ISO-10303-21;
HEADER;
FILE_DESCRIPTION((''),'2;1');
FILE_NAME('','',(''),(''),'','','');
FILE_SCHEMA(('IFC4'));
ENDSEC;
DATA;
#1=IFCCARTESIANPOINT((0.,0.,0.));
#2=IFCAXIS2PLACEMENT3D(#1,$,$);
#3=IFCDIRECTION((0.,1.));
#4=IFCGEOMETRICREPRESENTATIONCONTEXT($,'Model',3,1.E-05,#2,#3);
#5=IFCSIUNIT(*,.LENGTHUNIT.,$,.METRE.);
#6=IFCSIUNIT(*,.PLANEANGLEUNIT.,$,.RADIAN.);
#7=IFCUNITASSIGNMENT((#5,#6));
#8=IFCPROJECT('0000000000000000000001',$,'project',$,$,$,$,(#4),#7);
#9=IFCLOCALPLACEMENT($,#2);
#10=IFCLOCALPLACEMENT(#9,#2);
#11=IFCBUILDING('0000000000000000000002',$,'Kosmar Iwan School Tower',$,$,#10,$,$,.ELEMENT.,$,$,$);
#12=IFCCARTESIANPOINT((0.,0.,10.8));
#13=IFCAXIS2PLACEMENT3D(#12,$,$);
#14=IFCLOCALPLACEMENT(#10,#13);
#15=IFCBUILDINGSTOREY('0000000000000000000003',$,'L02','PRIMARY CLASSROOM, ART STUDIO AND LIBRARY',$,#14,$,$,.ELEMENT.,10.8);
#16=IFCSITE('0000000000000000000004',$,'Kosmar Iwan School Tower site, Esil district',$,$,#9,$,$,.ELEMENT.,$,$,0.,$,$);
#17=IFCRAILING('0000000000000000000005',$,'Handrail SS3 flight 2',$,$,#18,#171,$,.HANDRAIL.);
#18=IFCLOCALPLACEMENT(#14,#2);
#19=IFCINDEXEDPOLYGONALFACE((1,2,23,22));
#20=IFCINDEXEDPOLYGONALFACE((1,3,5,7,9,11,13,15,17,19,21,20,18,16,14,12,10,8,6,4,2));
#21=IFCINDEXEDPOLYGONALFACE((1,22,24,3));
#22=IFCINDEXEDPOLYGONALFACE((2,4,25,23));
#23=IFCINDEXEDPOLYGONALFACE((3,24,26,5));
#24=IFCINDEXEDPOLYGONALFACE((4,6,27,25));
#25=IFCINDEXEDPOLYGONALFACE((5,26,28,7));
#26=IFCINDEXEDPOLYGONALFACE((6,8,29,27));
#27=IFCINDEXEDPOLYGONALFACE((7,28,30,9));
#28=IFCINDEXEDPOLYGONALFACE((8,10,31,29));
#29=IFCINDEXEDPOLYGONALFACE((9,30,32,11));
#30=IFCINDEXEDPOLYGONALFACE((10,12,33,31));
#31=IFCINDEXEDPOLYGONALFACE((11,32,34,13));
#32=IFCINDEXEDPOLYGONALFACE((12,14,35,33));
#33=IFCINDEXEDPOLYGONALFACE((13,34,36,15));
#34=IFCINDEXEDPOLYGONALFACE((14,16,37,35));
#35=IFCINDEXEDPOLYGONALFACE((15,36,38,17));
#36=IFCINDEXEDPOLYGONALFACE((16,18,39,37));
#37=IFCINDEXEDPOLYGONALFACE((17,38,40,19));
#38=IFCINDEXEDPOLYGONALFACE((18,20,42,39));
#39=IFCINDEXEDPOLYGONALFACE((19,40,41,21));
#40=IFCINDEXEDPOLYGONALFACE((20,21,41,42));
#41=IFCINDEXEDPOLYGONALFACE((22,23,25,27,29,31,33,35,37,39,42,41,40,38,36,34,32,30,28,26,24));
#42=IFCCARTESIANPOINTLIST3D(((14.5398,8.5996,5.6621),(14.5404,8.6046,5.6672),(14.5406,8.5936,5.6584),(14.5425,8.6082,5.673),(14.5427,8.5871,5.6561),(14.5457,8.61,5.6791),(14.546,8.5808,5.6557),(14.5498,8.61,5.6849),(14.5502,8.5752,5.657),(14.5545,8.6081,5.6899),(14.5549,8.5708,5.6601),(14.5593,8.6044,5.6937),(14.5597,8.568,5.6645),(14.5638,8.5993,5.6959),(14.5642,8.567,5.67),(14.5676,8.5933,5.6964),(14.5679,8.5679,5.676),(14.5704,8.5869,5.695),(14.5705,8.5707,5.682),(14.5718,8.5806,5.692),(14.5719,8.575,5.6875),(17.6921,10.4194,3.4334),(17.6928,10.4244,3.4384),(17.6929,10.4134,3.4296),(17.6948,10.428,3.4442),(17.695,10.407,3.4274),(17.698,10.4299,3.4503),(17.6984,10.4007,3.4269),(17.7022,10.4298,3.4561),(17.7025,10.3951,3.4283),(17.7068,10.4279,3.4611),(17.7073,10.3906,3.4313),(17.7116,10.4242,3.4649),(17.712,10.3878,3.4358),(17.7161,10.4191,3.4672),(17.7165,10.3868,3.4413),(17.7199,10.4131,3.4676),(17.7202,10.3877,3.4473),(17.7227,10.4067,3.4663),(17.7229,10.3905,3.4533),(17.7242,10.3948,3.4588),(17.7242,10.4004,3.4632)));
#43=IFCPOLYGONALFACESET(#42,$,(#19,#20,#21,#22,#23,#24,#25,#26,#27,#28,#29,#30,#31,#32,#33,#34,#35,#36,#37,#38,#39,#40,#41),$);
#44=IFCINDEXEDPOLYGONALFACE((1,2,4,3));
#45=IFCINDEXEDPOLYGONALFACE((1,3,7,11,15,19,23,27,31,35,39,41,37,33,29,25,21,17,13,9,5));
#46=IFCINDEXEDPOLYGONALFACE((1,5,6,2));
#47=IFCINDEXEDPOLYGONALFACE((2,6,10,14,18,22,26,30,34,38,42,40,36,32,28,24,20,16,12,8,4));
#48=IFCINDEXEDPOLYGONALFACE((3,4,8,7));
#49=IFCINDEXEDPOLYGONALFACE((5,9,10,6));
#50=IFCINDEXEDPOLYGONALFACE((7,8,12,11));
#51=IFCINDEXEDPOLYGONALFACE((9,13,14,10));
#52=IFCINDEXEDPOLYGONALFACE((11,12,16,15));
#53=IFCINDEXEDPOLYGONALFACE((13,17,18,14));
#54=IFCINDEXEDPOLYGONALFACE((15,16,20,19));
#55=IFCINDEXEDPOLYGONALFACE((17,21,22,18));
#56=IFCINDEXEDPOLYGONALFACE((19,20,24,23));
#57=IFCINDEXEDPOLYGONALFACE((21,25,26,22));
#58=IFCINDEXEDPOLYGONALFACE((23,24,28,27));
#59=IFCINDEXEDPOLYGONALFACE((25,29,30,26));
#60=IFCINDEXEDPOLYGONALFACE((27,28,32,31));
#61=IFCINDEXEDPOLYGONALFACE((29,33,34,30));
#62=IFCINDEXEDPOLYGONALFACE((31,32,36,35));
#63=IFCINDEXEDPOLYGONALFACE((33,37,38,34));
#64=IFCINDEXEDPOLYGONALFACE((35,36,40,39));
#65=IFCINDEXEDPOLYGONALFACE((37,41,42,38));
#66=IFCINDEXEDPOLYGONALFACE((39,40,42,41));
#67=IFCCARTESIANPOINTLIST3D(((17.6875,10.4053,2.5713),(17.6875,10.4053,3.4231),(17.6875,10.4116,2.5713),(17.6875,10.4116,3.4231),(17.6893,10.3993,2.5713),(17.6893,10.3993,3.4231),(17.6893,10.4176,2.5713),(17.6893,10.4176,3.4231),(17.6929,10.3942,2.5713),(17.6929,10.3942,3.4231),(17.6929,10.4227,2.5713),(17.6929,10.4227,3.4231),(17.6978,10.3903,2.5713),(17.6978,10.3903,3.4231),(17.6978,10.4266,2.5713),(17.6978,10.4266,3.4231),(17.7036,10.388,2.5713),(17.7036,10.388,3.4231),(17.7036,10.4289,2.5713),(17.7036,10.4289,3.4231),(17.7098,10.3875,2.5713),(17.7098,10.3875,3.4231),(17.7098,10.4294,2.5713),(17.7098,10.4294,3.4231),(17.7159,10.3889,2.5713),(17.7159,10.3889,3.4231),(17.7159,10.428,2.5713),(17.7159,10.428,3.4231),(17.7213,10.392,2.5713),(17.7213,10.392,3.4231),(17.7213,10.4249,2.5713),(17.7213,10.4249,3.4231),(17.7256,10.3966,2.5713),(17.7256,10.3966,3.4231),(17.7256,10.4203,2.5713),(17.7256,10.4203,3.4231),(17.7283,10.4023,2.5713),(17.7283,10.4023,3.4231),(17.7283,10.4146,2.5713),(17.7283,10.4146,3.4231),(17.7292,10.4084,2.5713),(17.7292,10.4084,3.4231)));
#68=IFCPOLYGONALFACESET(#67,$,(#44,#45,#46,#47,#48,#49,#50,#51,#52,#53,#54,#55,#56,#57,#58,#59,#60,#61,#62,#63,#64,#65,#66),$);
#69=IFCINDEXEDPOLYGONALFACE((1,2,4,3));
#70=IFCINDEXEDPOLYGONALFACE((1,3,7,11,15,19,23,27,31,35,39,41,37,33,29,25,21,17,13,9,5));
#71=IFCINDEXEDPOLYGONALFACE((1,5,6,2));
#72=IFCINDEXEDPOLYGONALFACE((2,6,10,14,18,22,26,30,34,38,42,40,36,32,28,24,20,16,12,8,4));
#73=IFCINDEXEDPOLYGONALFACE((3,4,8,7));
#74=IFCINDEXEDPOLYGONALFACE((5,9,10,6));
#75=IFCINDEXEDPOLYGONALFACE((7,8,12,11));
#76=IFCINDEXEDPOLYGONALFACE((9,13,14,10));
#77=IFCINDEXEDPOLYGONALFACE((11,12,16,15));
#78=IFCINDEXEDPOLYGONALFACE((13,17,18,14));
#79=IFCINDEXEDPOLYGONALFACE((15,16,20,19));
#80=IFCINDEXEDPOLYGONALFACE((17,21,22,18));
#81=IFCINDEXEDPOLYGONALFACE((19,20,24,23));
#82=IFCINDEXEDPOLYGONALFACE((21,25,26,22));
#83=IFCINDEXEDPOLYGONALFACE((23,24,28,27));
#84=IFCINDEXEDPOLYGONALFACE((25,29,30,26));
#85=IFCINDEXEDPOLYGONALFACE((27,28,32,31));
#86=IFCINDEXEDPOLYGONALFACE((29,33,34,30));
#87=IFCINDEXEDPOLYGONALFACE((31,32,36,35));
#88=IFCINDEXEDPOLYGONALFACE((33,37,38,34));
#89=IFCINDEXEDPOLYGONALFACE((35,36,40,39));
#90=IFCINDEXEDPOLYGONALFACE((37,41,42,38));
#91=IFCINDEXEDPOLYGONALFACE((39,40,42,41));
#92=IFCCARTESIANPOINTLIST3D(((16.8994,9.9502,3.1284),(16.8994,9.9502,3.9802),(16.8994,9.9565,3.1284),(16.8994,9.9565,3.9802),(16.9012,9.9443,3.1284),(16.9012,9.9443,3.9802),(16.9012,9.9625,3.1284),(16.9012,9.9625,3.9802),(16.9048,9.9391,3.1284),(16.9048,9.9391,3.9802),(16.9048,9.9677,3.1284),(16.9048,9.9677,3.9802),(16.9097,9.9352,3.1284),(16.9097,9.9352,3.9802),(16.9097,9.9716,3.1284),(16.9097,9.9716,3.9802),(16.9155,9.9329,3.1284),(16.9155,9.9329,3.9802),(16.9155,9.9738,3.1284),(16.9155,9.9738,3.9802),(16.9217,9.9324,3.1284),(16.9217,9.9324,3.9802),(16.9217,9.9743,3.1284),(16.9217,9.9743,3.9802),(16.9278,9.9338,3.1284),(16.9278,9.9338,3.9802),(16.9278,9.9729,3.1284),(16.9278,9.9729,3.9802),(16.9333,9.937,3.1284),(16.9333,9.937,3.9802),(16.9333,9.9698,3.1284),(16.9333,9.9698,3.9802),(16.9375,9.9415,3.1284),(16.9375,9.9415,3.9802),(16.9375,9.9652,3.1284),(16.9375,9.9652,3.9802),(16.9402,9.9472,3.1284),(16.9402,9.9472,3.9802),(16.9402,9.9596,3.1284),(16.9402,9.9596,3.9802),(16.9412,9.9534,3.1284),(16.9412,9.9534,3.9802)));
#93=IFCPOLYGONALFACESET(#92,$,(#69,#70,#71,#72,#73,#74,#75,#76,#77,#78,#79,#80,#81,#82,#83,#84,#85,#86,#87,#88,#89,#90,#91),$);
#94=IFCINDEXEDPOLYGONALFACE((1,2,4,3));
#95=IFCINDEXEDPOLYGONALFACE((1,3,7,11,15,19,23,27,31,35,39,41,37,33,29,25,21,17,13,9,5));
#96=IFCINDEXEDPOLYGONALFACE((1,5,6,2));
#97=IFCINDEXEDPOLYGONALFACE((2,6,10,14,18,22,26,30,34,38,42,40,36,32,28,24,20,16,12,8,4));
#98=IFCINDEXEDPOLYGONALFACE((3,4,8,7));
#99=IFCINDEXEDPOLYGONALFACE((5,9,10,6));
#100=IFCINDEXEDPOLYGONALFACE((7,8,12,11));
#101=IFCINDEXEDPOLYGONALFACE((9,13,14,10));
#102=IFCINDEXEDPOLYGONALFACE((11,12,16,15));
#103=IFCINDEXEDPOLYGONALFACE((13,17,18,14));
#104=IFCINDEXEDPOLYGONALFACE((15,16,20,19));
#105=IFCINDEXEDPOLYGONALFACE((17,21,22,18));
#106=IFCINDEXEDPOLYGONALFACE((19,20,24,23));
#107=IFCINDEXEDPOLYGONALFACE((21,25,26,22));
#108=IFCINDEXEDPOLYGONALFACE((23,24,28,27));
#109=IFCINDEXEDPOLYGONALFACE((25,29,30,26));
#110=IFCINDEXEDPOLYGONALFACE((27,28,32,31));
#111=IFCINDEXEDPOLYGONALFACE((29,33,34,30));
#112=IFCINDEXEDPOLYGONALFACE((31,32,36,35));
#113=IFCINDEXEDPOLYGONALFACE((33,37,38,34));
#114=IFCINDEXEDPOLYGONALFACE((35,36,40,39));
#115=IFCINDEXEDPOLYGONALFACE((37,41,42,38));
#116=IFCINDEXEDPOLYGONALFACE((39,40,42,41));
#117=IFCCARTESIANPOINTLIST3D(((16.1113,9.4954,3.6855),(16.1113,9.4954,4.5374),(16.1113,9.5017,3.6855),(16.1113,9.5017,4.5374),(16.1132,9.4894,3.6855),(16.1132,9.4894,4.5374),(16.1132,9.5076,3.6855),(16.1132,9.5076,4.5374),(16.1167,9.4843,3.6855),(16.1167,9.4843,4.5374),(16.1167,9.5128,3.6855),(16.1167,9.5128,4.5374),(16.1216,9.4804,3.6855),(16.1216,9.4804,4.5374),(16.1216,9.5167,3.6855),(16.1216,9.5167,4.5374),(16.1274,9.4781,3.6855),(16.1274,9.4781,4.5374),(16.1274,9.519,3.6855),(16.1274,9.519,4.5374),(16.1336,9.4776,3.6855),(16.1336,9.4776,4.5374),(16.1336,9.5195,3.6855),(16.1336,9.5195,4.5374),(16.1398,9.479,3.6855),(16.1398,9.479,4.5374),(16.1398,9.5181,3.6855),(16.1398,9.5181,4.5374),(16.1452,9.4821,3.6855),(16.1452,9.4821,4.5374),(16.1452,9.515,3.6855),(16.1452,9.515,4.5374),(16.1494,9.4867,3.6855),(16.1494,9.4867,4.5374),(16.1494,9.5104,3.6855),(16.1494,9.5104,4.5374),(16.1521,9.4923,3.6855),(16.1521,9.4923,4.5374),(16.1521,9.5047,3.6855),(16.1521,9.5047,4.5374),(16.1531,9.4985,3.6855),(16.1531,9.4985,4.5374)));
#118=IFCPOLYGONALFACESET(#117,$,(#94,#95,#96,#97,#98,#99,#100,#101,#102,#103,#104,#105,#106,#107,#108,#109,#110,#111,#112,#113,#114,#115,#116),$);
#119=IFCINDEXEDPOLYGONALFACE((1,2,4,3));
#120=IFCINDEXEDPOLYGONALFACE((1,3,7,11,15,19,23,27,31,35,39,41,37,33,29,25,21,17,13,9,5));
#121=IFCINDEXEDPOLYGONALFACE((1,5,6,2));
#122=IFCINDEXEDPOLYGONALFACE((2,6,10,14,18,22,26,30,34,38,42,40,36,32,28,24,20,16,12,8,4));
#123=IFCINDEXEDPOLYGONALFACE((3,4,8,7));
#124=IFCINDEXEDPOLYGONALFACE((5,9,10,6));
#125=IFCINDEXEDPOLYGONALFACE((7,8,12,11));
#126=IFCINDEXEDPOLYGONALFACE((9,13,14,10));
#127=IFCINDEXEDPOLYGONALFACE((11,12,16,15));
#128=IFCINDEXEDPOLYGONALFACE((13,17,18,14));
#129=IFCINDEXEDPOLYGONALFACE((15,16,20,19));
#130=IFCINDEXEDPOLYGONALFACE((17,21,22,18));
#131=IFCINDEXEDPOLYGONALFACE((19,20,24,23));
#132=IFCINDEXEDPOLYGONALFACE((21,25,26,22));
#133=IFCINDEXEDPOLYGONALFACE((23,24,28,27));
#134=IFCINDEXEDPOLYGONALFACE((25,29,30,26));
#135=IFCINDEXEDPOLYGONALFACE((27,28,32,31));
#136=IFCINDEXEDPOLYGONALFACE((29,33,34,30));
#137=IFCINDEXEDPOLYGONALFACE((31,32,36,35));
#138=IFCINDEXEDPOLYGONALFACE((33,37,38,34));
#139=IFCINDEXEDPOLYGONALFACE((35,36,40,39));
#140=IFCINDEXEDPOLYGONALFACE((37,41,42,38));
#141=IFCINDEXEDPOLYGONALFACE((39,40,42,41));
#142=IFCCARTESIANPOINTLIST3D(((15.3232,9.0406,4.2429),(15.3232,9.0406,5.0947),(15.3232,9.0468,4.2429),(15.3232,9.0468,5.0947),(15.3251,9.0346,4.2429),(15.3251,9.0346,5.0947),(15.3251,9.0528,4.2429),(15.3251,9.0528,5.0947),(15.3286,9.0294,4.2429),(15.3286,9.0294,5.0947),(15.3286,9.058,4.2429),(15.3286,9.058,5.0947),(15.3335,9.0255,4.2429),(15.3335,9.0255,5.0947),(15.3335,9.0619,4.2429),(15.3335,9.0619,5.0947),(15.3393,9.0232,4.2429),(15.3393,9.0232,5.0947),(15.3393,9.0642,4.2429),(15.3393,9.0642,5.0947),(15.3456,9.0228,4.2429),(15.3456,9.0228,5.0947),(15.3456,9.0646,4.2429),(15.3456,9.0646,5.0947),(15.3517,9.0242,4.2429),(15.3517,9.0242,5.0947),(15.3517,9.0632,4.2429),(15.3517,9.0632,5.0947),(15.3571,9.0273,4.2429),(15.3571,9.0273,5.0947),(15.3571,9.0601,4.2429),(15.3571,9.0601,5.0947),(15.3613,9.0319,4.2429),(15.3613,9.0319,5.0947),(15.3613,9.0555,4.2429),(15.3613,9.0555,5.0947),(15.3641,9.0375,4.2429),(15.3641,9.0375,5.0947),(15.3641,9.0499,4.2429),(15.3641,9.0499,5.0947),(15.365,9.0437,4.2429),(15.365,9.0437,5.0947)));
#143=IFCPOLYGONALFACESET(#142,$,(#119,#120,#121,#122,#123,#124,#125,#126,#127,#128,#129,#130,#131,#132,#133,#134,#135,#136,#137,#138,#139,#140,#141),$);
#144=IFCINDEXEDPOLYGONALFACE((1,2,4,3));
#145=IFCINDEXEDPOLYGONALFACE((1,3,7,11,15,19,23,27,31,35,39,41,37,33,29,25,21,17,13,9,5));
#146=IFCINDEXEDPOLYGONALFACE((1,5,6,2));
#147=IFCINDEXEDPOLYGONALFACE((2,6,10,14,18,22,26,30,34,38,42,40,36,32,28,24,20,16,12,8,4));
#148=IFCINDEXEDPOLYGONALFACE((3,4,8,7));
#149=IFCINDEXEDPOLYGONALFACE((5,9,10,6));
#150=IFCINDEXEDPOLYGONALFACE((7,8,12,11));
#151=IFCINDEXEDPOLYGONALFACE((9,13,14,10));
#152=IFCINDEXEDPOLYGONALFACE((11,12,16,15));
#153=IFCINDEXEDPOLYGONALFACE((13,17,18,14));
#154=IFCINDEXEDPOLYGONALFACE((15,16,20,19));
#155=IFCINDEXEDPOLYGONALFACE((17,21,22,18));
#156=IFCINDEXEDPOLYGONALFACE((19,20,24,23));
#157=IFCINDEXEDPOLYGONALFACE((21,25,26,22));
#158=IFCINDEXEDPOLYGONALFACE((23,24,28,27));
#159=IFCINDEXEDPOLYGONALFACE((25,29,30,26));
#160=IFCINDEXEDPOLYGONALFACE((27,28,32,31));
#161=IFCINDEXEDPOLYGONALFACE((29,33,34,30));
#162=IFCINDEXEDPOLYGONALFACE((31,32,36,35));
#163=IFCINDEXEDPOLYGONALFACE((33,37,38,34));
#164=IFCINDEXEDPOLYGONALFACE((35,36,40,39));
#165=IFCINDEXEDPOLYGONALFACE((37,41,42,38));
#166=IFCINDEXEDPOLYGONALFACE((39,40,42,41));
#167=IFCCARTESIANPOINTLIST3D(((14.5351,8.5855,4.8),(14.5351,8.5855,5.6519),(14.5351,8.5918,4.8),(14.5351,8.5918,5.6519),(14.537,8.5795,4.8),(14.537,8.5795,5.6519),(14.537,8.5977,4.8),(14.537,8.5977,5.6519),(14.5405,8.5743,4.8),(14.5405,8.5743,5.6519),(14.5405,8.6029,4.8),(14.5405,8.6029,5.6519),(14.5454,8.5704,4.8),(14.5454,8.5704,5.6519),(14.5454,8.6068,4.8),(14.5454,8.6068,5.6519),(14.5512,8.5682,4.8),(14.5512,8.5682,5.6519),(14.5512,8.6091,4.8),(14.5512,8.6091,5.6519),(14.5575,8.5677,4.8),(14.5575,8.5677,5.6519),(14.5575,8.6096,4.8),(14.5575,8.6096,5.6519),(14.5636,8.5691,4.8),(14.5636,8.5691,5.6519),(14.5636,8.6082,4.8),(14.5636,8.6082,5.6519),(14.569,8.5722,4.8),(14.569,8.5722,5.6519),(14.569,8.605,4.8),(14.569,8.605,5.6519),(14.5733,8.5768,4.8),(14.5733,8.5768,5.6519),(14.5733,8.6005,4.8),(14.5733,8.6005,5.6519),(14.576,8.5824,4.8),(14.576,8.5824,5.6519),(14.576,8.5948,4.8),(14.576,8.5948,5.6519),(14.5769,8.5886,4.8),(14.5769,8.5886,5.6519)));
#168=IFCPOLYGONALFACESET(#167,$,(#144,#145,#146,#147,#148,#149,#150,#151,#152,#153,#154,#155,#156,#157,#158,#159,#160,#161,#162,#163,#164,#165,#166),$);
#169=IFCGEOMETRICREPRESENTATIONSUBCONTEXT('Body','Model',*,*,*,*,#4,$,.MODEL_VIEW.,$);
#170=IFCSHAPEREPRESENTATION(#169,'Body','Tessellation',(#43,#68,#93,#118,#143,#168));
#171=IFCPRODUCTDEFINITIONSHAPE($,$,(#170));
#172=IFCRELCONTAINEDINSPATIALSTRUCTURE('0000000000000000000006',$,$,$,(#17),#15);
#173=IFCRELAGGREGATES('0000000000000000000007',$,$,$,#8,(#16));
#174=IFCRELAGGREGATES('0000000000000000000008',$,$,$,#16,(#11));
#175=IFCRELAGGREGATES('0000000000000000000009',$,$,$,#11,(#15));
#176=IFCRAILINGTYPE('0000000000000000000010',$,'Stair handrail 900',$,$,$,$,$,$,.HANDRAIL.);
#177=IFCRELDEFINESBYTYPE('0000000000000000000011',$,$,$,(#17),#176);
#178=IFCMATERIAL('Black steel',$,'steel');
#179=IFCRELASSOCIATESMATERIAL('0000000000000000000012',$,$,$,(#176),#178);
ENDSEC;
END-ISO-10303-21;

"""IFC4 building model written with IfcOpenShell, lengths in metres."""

from ifc_helpers import new_model, si_unit, direction, frame, origin, origin_2d, place, context, subcontext, project, spatial, circle, extrude, material, type_object, element, save


model = new_model("IFC4")

# Units and contexts
model_context = context("Model", 3, precision=1e-05, world=origin(), true_north=direction((0.0, 1.0)))
body_context = subcontext(model_context, "Body", "Model", "MODEL_VIEW")
ifc_project = project(units=[si_unit("LENGTHUNIT", "METRE"), si_unit("PLANEANGLEUNIT", "RADIAN")], contexts=[model_context])

# Site, building, storey
site_placement = place(None, origin())
site = spatial("IfcSite", under=ifc_project, at=site_placement, Name="Kosmar Iwan School Tower site, Esil district", CompositionType="ELEMENT", RefElevation=0.0)
building_placement = place(site_placement, origin())
building = spatial("IfcBuilding", under=site, at=building_placement, Name="Kosmar Iwan School Tower", CompositionType="ELEMENT")
storey_placement = place(building_placement, frame((0.0, 0.0, 10.8)))
storey = spatial("IfcBuildingStorey", under=building, at=storey_placement, Name="L02", Description="PRIMARY CLASSROOM, ART STUDIO AND LIBRARY", CompositionType="ELEMENT", Elevation=10.8)

# Railing
ifc_material_1 = material(Name="Black steel", Category="steel")
railing_type = type_object("IfcRailingType", Name="Stair handrail 900", PredefinedType="HANDRAIL", material=ifc_material_1)
railing_1_placement = place(storey_placement, frame((17.7083, 10.4084, 2.5713)))
element("IfcRailing", 1, at=railing_1_placement, inside=storey, type_object=railing_type, Name="Handrail SS3 flight 2", PredefinedType="HANDRAIL", context=body_context, shape_type="SweptSolid", body=[
    extrude(circle(Radius=0.0239, at=origin_2d()), frame((0.0, 0.0, 0.876), z_axis=(-0.738588, -0.426381, 0.522194), x_axis=(0.499962, -0.866047, 0.0)), (0.0, 0.0, 1.0), 4.2681),
    extrude(circle(Radius=0.021, at=origin_2d()), origin(), (0.0, 0.0, 1.0), 0.8518),
    extrude(circle(Radius=0.021, at=origin_2d()), frame((-0.7881, -0.4551, 0.5571)), (0.0, 0.0, 1.0), 0.8518),
    extrude(circle(Radius=0.021, at=origin_2d()), frame((-1.5762, -0.9099, 1.1143)), (0.0, 0.0, 1.0), 0.8518),
    extrude(circle(Radius=0.021, at=origin_2d()), frame((-2.3643, -1.3647, 1.6716)), (0.0, 0.0, 1.0), 0.8518),
    extrude(circle(Radius=0.021, at=origin_2d()), frame((-3.1523, -1.8198, 2.2288)), (0.0, 0.0, 1.0), 0.8518),
])

save(model, "model.ifc")
